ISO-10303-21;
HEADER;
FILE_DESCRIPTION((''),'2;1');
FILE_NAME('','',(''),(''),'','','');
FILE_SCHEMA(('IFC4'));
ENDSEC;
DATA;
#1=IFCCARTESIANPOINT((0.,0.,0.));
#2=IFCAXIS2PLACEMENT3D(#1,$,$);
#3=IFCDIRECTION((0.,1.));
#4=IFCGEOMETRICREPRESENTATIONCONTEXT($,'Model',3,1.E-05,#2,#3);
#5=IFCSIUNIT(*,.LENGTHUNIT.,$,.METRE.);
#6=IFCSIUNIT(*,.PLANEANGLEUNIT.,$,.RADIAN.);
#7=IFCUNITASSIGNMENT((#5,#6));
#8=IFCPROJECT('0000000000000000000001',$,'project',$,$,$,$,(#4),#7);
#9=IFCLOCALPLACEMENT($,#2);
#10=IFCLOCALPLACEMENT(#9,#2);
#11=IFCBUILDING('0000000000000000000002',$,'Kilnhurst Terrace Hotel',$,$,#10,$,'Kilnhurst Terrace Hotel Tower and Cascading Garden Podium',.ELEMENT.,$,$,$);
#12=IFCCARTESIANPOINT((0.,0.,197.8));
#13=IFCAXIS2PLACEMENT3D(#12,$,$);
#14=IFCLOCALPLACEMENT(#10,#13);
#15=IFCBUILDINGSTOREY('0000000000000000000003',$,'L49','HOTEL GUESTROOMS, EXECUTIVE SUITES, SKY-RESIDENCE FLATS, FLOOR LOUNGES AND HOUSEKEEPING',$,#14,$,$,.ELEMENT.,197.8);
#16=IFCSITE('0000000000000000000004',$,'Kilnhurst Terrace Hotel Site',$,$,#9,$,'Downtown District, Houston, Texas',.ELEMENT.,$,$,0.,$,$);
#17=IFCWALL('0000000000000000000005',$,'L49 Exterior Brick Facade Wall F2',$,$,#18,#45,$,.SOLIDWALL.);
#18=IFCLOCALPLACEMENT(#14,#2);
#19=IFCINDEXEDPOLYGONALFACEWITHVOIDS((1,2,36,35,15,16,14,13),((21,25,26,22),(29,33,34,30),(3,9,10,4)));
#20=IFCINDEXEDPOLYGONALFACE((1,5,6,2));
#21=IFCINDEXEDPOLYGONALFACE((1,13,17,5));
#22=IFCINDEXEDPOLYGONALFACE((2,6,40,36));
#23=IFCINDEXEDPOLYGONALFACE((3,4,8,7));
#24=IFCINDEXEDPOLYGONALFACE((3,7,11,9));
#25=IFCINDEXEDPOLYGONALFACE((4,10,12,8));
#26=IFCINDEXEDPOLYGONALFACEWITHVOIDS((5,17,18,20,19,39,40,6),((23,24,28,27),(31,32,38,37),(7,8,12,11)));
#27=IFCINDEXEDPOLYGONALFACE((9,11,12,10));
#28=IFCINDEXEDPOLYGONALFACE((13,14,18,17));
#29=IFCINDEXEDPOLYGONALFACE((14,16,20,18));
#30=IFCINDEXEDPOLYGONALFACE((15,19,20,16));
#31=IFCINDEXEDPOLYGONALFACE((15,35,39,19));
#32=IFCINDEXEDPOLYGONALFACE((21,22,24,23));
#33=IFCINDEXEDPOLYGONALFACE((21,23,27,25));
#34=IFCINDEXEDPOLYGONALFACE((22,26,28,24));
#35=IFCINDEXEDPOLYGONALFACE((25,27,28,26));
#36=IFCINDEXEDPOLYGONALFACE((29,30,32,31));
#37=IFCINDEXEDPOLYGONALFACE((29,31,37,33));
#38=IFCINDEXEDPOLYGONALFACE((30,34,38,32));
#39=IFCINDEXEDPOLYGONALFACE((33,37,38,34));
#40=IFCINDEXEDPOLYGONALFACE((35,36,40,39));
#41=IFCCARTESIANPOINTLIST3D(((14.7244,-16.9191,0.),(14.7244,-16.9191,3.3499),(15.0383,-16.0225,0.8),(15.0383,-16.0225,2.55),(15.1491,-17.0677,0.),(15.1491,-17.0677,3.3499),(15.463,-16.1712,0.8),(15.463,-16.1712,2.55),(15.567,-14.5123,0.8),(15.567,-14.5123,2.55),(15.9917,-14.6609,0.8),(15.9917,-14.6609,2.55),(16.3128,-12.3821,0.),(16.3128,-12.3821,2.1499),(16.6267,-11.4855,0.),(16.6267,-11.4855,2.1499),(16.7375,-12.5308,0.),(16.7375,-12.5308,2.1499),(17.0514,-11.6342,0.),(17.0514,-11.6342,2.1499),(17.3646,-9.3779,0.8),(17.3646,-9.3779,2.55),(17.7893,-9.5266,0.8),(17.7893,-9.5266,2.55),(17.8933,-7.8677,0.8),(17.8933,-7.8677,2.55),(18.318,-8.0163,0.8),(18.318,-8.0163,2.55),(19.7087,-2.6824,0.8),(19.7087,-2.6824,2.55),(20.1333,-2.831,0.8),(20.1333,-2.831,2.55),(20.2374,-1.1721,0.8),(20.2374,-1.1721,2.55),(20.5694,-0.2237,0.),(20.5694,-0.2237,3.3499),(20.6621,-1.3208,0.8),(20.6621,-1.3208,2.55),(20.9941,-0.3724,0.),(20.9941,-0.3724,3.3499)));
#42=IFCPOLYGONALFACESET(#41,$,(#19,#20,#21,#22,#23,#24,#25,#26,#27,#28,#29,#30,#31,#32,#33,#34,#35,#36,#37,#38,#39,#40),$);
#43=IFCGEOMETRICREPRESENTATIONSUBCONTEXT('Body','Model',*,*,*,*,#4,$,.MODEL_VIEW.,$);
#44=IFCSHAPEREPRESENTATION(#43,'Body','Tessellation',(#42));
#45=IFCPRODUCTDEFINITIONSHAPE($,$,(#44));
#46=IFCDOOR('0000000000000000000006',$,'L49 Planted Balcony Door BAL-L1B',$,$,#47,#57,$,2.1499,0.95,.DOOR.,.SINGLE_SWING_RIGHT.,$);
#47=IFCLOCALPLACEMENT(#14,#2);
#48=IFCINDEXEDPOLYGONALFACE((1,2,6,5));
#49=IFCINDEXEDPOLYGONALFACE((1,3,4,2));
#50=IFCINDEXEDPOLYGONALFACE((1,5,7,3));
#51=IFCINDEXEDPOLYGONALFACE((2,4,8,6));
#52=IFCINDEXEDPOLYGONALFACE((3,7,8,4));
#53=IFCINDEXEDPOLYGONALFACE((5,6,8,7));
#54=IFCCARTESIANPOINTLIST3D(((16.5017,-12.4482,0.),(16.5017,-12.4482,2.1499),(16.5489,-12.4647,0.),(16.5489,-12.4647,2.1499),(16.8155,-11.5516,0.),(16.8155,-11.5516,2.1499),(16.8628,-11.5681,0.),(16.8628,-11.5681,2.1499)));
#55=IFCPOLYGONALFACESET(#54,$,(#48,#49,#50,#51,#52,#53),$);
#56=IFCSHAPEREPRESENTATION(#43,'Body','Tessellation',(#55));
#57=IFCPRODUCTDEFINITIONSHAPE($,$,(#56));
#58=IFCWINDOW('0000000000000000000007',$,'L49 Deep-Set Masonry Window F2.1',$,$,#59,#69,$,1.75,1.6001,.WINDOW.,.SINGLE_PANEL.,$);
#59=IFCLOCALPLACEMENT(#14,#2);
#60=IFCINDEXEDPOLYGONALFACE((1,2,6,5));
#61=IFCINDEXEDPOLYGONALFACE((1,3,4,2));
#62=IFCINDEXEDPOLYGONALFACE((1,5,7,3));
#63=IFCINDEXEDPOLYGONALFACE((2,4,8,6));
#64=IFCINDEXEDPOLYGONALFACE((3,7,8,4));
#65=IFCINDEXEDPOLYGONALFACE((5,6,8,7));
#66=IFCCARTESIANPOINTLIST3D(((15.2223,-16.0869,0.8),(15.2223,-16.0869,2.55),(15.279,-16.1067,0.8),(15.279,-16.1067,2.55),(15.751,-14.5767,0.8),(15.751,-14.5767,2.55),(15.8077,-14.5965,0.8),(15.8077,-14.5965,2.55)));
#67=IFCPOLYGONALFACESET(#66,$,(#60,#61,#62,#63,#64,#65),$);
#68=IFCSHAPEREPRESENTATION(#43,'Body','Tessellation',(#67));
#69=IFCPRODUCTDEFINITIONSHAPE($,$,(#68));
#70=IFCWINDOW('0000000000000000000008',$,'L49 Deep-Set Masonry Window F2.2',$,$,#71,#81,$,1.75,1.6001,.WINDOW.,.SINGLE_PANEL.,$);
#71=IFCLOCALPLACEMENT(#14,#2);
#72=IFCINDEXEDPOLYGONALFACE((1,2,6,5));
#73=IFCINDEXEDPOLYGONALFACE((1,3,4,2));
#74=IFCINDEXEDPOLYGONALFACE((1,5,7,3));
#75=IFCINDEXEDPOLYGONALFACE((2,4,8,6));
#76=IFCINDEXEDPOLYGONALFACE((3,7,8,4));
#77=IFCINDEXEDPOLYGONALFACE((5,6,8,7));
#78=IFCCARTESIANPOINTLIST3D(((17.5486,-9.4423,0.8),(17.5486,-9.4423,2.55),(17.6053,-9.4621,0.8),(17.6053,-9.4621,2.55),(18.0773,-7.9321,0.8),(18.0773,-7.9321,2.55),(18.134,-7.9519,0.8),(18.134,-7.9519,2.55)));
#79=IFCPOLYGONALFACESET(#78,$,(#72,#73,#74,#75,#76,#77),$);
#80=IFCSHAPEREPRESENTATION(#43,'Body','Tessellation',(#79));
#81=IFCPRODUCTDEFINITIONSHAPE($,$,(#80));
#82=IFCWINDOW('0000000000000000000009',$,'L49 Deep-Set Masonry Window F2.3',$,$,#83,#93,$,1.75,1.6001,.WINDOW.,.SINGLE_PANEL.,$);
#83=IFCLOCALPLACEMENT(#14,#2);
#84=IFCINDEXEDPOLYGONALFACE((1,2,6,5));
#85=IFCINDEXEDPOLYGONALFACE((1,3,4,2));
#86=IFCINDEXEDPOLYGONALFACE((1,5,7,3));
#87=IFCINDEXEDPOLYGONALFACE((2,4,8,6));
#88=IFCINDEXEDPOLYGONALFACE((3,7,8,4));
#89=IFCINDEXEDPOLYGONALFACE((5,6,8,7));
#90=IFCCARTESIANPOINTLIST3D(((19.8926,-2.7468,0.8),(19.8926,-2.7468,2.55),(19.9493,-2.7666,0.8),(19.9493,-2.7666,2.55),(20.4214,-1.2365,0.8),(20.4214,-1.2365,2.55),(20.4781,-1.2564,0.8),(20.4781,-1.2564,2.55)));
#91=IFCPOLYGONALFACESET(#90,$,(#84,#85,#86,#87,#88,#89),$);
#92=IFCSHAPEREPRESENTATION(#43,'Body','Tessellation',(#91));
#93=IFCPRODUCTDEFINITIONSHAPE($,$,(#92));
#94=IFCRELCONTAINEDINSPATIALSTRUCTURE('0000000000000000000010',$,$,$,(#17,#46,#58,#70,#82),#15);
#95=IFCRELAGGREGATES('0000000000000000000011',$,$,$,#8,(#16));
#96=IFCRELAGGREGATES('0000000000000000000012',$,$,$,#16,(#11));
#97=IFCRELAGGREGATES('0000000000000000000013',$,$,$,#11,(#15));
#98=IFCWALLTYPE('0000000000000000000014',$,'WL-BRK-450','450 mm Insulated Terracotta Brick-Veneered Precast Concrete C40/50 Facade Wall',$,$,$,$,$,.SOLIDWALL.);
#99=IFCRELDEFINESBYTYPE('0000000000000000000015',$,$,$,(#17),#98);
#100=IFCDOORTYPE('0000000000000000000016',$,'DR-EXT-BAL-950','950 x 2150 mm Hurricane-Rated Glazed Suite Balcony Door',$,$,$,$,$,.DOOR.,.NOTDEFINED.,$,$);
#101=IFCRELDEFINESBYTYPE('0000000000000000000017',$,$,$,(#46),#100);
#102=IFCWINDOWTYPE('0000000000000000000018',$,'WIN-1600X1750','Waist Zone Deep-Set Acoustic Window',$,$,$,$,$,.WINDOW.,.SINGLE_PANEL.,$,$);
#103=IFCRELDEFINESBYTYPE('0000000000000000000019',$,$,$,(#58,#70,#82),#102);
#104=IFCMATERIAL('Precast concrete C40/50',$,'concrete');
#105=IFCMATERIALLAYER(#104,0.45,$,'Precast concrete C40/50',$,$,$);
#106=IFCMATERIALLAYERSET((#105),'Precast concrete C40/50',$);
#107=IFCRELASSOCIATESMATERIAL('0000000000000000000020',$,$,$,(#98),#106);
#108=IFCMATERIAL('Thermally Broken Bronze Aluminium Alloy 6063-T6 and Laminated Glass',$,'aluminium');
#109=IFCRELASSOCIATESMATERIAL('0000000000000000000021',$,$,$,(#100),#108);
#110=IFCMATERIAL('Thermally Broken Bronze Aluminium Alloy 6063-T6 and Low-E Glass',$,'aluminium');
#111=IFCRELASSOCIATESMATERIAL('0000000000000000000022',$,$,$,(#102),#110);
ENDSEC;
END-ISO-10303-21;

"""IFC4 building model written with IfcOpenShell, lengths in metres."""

from ifc_helpers import new_model, si_unit, direction, frame, frame_2d, origin, place, context, subcontext, project, spatial, rectangle, extrude, material, layer, layer_set, type_object, element, fill, save


model = new_model("IFC4")

# Units and contexts
model_context = context("Model", 3, precision=1e-05, world=origin(), true_north=direction((0.0, 1.0)))
body_context = subcontext(model_context, "Body", "Model", "MODEL_VIEW")
ifc_project = project(units=[si_unit("LENGTHUNIT", "METRE"), si_unit("PLANEANGLEUNIT", "RADIAN")], contexts=[model_context])

# Site, building, storey
site_placement = place(None, origin())
site = spatial("IfcSite", under=ifc_project, at=site_placement, Name="Kilnhurst Terrace Hotel Site", LongName="Downtown District, Houston, Texas", CompositionType="ELEMENT", RefElevation=0.0)
building_placement = place(site_placement, origin())
building = spatial("IfcBuilding", under=site, at=building_placement, Name="Kilnhurst Terrace Hotel", LongName="Kilnhurst Terrace Hotel Tower and Cascading Garden Podium", CompositionType="ELEMENT")
storey_placement = place(building_placement, frame((0.0, 0.0, 197.8)))
storey = spatial("IfcBuildingStorey", under=building, at=storey_placement, Name="L49", Description="HOTEL GUESTROOMS, EXECUTIVE SUITES, SKY-RESIDENCE FLATS, FLOOR LOUNGES AND HOUSEKEEPING", CompositionType="ELEMENT", Elevation=197.8)

# Shared definitions
ifc_material_1 = material(Name="Precast concrete C40/50", Category="concrete")
ifc_layer_1 = layer(ifc_material_1, 0.45, Name="Precast concrete C40/50")
ifc_layer_set_1 = layer_set([ifc_layer_1], Name="Precast concrete C40/50")
wall_type_1 = type_object("IfcWallType", Name="WL-BRK-450", Description="450 mm Insulated Terracotta Brick-Veneered Precast Concrete C40/50 Facade Wall", PredefinedType="SOLIDWALL", material=ifc_layer_set_1)

# Wall, openings, door, windows
wall_1_placement = place(storey_placement, frame((14.9368, -16.9934, 0.0), z_axis=(0.0, 0.0, 1.0), x_axis=(0.330432, 0.94383, 0.0)))
wall_1 = element("IfcWall", 1, at=wall_1_placement, inside=storey, type_object=wall_type_1, Name="L49 Exterior Brick Facade Wall F2", PredefinedType="SOLIDWALL", context=body_context, shape_type="SweptSolid", body=[
    extrude(rectangle(XDim=17.689, YDim=0.45, at=frame_2d((8.8445, 0.0))), origin(), (0.0, 0.0, 1.0), 3.3499),
])
opening_1_placement = place(wall_1_placement, frame((4.8069, 0.0, 0.0)))
opening_1 = element("IfcOpeningElement", 2, at=opening_1_placement, cuts=wall_1, PredefinedType="OPENING", context=body_context, shape_type="SweptSolid", body=[
    extrude(rectangle(XDim=0.95, YDim=2.1499, at=frame_2d((0.4751, 1.075))), frame((0.0, 0.2349, 0.0), z_axis=(0.0, -1.0, 0.0), x_axis=(1.0, 0.0, 0.0)), (0.0, 0.0, 1.0), 0.47),
])
opening_2_placement = place(wall_1_placement, frame((0.95, 0.0, 0.8)))
opening_2 = element("IfcOpeningElement", 3, at=opening_2_placement, cuts=wall_1, PredefinedType="OPENING", context=body_context, shape_type="SweptSolid", body=[
    extrude(rectangle(XDim=1.6001, YDim=1.75, at=frame_2d((0.8, 0.875))), frame((0.0, 0.2349, 0.0), z_axis=(0.0, -1.0, 0.0), x_axis=(1.0, 0.0, 0.0)), (0.0, 0.0, 1.0), 0.47),
])
opening_3_placement = place(wall_1_placement, frame((7.99, 0.0, 0.8)))
opening_3 = element("IfcOpeningElement", 4, at=opening_3_placement, cuts=wall_1, PredefinedType="OPENING", context=body_context, shape_type="SweptSolid", body=[
    extrude(rectangle(XDim=1.6001, YDim=1.75, at=frame_2d((0.8, 0.875))), frame((0.0, 0.2349, 0.0), z_axis=(0.0, -1.0, 0.0), x_axis=(1.0, 0.0, 0.0)), (0.0, 0.0, 1.0), 0.47),
])
opening_4_placement = place(wall_1_placement, frame((15.084, 0.0, 0.8)))
opening_4 = element("IfcOpeningElement", 5, at=opening_4_placement, cuts=wall_1, PredefinedType="OPENING", context=body_context, shape_type="SweptSolid", body=[
    extrude(rectangle(XDim=1.6001, YDim=1.75, at=frame_2d((0.8, 0.875))), frame((0.0, 0.2349, 0.0), z_axis=(0.0, -1.0, 0.0), x_axis=(1.0, 0.0, 0.0)), (0.0, 0.0, 1.0), 0.47),
])
ifc_material_2 = material(Name="Thermally Broken Bronze Aluminium Alloy 6063-T6 and Laminated Glass", Category="aluminium")
door_type_1 = type_object("IfcDoorType", Name="DR-EXT-BAL-950", Description="950 x 2150 mm Hurricane-Rated Glazed Suite Balcony Door", OperationType="NOTDEFINED", PredefinedType="DOOR", material=ifc_material_2)
door_1_placement = place(opening_1_placement, origin())
door_1 = element("IfcDoor", 6, at=door_1_placement, inside=storey, type_object=door_type_1, Name="L49 Planted Balcony Door BAL-L1B", OperationType="SINGLE_SWING_RIGHT", OverallHeight=2.1499, OverallWidth=0.95, PredefinedType="DOOR", context=body_context, shape_type="SweptSolid", body=[
    extrude(rectangle(XDim=0.95, YDim=2.1499, at=frame_2d((0.4751, 1.075))), frame((0.0, 0.0249, 0.0), z_axis=(0.0, -1.0, 0.0), x_axis=(1.0, 0.0, 0.0)), (0.0, 0.0, 1.0), 0.05),
])
fill(opening_1, door_1)
ifc_material_3 = material(Name="Thermally Broken Bronze Aluminium Alloy 6063-T6 and Low-E Glass", Category="aluminium")
window_type = type_object("IfcWindowType", Name="WIN-1600X1750", Description="Waist Zone Deep-Set Acoustic Window", PartitioningType="SINGLE_PANEL", PredefinedType="WINDOW", material=ifc_material_3)
window_1_placement = place(opening_2_placement, origin())
window_1 = element("IfcWindow", 7, at=window_1_placement, inside=storey, type_object=window_type, Name="L49 Deep-Set Masonry Window F2.1", OverallHeight=1.75, OverallWidth=1.6001, PartitioningType="SINGLE_PANEL", PredefinedType="WINDOW", context=body_context, shape_type="SweptSolid", body=[
    extrude(rectangle(XDim=1.6001, YDim=1.75, at=frame_2d((0.8, 0.875))), frame((0.0, 0.03, 0.0), z_axis=(0.0, -1.0, 0.0), x_axis=(1.0, 0.0, 0.0)), (0.0, 0.0, 1.0), 0.0601),
])
fill(opening_2, window_1)
window_2_placement = place(opening_3_placement, origin())
window_2 = element("IfcWindow", 8, at=window_2_placement, inside=storey, type_object=window_type, Name="L49 Deep-Set Masonry Window F2.2", OverallHeight=1.75, OverallWidth=1.6001, PartitioningType="SINGLE_PANEL", PredefinedType="WINDOW", context=body_context, shape_type="SweptSolid", body=[
    extrude(rectangle(XDim=1.6001, YDim=1.75, at=frame_2d((0.8, 0.875))), frame((0.0, 0.03, 0.0), z_axis=(0.0, -1.0, 0.0), x_axis=(1.0, 0.0, 0.0)), (0.0, 0.0, 1.0), 0.0601),
])
fill(opening_3, window_2)
window_3_placement = place(opening_4_placement, origin())
window_3 = element("IfcWindow", 9, at=window_3_placement, inside=storey, type_object=window_type, Name="L49 Deep-Set Masonry Window F2.3", OverallHeight=1.75, OverallWidth=1.6001, PartitioningType="SINGLE_PANEL", PredefinedType="WINDOW", context=body_context, shape_type="SweptSolid", body=[
    extrude(rectangle(XDim=1.6001, YDim=1.75, at=frame_2d((0.8, 0.875))), frame((0.0, 0.03, 0.0), z_axis=(0.0, -1.0, 0.0), x_axis=(1.0, 0.0, 0.0)), (0.0, 0.0, 1.0), 0.0601),
])
fill(opening_4, window_3)

save(model, "model.ifc")
